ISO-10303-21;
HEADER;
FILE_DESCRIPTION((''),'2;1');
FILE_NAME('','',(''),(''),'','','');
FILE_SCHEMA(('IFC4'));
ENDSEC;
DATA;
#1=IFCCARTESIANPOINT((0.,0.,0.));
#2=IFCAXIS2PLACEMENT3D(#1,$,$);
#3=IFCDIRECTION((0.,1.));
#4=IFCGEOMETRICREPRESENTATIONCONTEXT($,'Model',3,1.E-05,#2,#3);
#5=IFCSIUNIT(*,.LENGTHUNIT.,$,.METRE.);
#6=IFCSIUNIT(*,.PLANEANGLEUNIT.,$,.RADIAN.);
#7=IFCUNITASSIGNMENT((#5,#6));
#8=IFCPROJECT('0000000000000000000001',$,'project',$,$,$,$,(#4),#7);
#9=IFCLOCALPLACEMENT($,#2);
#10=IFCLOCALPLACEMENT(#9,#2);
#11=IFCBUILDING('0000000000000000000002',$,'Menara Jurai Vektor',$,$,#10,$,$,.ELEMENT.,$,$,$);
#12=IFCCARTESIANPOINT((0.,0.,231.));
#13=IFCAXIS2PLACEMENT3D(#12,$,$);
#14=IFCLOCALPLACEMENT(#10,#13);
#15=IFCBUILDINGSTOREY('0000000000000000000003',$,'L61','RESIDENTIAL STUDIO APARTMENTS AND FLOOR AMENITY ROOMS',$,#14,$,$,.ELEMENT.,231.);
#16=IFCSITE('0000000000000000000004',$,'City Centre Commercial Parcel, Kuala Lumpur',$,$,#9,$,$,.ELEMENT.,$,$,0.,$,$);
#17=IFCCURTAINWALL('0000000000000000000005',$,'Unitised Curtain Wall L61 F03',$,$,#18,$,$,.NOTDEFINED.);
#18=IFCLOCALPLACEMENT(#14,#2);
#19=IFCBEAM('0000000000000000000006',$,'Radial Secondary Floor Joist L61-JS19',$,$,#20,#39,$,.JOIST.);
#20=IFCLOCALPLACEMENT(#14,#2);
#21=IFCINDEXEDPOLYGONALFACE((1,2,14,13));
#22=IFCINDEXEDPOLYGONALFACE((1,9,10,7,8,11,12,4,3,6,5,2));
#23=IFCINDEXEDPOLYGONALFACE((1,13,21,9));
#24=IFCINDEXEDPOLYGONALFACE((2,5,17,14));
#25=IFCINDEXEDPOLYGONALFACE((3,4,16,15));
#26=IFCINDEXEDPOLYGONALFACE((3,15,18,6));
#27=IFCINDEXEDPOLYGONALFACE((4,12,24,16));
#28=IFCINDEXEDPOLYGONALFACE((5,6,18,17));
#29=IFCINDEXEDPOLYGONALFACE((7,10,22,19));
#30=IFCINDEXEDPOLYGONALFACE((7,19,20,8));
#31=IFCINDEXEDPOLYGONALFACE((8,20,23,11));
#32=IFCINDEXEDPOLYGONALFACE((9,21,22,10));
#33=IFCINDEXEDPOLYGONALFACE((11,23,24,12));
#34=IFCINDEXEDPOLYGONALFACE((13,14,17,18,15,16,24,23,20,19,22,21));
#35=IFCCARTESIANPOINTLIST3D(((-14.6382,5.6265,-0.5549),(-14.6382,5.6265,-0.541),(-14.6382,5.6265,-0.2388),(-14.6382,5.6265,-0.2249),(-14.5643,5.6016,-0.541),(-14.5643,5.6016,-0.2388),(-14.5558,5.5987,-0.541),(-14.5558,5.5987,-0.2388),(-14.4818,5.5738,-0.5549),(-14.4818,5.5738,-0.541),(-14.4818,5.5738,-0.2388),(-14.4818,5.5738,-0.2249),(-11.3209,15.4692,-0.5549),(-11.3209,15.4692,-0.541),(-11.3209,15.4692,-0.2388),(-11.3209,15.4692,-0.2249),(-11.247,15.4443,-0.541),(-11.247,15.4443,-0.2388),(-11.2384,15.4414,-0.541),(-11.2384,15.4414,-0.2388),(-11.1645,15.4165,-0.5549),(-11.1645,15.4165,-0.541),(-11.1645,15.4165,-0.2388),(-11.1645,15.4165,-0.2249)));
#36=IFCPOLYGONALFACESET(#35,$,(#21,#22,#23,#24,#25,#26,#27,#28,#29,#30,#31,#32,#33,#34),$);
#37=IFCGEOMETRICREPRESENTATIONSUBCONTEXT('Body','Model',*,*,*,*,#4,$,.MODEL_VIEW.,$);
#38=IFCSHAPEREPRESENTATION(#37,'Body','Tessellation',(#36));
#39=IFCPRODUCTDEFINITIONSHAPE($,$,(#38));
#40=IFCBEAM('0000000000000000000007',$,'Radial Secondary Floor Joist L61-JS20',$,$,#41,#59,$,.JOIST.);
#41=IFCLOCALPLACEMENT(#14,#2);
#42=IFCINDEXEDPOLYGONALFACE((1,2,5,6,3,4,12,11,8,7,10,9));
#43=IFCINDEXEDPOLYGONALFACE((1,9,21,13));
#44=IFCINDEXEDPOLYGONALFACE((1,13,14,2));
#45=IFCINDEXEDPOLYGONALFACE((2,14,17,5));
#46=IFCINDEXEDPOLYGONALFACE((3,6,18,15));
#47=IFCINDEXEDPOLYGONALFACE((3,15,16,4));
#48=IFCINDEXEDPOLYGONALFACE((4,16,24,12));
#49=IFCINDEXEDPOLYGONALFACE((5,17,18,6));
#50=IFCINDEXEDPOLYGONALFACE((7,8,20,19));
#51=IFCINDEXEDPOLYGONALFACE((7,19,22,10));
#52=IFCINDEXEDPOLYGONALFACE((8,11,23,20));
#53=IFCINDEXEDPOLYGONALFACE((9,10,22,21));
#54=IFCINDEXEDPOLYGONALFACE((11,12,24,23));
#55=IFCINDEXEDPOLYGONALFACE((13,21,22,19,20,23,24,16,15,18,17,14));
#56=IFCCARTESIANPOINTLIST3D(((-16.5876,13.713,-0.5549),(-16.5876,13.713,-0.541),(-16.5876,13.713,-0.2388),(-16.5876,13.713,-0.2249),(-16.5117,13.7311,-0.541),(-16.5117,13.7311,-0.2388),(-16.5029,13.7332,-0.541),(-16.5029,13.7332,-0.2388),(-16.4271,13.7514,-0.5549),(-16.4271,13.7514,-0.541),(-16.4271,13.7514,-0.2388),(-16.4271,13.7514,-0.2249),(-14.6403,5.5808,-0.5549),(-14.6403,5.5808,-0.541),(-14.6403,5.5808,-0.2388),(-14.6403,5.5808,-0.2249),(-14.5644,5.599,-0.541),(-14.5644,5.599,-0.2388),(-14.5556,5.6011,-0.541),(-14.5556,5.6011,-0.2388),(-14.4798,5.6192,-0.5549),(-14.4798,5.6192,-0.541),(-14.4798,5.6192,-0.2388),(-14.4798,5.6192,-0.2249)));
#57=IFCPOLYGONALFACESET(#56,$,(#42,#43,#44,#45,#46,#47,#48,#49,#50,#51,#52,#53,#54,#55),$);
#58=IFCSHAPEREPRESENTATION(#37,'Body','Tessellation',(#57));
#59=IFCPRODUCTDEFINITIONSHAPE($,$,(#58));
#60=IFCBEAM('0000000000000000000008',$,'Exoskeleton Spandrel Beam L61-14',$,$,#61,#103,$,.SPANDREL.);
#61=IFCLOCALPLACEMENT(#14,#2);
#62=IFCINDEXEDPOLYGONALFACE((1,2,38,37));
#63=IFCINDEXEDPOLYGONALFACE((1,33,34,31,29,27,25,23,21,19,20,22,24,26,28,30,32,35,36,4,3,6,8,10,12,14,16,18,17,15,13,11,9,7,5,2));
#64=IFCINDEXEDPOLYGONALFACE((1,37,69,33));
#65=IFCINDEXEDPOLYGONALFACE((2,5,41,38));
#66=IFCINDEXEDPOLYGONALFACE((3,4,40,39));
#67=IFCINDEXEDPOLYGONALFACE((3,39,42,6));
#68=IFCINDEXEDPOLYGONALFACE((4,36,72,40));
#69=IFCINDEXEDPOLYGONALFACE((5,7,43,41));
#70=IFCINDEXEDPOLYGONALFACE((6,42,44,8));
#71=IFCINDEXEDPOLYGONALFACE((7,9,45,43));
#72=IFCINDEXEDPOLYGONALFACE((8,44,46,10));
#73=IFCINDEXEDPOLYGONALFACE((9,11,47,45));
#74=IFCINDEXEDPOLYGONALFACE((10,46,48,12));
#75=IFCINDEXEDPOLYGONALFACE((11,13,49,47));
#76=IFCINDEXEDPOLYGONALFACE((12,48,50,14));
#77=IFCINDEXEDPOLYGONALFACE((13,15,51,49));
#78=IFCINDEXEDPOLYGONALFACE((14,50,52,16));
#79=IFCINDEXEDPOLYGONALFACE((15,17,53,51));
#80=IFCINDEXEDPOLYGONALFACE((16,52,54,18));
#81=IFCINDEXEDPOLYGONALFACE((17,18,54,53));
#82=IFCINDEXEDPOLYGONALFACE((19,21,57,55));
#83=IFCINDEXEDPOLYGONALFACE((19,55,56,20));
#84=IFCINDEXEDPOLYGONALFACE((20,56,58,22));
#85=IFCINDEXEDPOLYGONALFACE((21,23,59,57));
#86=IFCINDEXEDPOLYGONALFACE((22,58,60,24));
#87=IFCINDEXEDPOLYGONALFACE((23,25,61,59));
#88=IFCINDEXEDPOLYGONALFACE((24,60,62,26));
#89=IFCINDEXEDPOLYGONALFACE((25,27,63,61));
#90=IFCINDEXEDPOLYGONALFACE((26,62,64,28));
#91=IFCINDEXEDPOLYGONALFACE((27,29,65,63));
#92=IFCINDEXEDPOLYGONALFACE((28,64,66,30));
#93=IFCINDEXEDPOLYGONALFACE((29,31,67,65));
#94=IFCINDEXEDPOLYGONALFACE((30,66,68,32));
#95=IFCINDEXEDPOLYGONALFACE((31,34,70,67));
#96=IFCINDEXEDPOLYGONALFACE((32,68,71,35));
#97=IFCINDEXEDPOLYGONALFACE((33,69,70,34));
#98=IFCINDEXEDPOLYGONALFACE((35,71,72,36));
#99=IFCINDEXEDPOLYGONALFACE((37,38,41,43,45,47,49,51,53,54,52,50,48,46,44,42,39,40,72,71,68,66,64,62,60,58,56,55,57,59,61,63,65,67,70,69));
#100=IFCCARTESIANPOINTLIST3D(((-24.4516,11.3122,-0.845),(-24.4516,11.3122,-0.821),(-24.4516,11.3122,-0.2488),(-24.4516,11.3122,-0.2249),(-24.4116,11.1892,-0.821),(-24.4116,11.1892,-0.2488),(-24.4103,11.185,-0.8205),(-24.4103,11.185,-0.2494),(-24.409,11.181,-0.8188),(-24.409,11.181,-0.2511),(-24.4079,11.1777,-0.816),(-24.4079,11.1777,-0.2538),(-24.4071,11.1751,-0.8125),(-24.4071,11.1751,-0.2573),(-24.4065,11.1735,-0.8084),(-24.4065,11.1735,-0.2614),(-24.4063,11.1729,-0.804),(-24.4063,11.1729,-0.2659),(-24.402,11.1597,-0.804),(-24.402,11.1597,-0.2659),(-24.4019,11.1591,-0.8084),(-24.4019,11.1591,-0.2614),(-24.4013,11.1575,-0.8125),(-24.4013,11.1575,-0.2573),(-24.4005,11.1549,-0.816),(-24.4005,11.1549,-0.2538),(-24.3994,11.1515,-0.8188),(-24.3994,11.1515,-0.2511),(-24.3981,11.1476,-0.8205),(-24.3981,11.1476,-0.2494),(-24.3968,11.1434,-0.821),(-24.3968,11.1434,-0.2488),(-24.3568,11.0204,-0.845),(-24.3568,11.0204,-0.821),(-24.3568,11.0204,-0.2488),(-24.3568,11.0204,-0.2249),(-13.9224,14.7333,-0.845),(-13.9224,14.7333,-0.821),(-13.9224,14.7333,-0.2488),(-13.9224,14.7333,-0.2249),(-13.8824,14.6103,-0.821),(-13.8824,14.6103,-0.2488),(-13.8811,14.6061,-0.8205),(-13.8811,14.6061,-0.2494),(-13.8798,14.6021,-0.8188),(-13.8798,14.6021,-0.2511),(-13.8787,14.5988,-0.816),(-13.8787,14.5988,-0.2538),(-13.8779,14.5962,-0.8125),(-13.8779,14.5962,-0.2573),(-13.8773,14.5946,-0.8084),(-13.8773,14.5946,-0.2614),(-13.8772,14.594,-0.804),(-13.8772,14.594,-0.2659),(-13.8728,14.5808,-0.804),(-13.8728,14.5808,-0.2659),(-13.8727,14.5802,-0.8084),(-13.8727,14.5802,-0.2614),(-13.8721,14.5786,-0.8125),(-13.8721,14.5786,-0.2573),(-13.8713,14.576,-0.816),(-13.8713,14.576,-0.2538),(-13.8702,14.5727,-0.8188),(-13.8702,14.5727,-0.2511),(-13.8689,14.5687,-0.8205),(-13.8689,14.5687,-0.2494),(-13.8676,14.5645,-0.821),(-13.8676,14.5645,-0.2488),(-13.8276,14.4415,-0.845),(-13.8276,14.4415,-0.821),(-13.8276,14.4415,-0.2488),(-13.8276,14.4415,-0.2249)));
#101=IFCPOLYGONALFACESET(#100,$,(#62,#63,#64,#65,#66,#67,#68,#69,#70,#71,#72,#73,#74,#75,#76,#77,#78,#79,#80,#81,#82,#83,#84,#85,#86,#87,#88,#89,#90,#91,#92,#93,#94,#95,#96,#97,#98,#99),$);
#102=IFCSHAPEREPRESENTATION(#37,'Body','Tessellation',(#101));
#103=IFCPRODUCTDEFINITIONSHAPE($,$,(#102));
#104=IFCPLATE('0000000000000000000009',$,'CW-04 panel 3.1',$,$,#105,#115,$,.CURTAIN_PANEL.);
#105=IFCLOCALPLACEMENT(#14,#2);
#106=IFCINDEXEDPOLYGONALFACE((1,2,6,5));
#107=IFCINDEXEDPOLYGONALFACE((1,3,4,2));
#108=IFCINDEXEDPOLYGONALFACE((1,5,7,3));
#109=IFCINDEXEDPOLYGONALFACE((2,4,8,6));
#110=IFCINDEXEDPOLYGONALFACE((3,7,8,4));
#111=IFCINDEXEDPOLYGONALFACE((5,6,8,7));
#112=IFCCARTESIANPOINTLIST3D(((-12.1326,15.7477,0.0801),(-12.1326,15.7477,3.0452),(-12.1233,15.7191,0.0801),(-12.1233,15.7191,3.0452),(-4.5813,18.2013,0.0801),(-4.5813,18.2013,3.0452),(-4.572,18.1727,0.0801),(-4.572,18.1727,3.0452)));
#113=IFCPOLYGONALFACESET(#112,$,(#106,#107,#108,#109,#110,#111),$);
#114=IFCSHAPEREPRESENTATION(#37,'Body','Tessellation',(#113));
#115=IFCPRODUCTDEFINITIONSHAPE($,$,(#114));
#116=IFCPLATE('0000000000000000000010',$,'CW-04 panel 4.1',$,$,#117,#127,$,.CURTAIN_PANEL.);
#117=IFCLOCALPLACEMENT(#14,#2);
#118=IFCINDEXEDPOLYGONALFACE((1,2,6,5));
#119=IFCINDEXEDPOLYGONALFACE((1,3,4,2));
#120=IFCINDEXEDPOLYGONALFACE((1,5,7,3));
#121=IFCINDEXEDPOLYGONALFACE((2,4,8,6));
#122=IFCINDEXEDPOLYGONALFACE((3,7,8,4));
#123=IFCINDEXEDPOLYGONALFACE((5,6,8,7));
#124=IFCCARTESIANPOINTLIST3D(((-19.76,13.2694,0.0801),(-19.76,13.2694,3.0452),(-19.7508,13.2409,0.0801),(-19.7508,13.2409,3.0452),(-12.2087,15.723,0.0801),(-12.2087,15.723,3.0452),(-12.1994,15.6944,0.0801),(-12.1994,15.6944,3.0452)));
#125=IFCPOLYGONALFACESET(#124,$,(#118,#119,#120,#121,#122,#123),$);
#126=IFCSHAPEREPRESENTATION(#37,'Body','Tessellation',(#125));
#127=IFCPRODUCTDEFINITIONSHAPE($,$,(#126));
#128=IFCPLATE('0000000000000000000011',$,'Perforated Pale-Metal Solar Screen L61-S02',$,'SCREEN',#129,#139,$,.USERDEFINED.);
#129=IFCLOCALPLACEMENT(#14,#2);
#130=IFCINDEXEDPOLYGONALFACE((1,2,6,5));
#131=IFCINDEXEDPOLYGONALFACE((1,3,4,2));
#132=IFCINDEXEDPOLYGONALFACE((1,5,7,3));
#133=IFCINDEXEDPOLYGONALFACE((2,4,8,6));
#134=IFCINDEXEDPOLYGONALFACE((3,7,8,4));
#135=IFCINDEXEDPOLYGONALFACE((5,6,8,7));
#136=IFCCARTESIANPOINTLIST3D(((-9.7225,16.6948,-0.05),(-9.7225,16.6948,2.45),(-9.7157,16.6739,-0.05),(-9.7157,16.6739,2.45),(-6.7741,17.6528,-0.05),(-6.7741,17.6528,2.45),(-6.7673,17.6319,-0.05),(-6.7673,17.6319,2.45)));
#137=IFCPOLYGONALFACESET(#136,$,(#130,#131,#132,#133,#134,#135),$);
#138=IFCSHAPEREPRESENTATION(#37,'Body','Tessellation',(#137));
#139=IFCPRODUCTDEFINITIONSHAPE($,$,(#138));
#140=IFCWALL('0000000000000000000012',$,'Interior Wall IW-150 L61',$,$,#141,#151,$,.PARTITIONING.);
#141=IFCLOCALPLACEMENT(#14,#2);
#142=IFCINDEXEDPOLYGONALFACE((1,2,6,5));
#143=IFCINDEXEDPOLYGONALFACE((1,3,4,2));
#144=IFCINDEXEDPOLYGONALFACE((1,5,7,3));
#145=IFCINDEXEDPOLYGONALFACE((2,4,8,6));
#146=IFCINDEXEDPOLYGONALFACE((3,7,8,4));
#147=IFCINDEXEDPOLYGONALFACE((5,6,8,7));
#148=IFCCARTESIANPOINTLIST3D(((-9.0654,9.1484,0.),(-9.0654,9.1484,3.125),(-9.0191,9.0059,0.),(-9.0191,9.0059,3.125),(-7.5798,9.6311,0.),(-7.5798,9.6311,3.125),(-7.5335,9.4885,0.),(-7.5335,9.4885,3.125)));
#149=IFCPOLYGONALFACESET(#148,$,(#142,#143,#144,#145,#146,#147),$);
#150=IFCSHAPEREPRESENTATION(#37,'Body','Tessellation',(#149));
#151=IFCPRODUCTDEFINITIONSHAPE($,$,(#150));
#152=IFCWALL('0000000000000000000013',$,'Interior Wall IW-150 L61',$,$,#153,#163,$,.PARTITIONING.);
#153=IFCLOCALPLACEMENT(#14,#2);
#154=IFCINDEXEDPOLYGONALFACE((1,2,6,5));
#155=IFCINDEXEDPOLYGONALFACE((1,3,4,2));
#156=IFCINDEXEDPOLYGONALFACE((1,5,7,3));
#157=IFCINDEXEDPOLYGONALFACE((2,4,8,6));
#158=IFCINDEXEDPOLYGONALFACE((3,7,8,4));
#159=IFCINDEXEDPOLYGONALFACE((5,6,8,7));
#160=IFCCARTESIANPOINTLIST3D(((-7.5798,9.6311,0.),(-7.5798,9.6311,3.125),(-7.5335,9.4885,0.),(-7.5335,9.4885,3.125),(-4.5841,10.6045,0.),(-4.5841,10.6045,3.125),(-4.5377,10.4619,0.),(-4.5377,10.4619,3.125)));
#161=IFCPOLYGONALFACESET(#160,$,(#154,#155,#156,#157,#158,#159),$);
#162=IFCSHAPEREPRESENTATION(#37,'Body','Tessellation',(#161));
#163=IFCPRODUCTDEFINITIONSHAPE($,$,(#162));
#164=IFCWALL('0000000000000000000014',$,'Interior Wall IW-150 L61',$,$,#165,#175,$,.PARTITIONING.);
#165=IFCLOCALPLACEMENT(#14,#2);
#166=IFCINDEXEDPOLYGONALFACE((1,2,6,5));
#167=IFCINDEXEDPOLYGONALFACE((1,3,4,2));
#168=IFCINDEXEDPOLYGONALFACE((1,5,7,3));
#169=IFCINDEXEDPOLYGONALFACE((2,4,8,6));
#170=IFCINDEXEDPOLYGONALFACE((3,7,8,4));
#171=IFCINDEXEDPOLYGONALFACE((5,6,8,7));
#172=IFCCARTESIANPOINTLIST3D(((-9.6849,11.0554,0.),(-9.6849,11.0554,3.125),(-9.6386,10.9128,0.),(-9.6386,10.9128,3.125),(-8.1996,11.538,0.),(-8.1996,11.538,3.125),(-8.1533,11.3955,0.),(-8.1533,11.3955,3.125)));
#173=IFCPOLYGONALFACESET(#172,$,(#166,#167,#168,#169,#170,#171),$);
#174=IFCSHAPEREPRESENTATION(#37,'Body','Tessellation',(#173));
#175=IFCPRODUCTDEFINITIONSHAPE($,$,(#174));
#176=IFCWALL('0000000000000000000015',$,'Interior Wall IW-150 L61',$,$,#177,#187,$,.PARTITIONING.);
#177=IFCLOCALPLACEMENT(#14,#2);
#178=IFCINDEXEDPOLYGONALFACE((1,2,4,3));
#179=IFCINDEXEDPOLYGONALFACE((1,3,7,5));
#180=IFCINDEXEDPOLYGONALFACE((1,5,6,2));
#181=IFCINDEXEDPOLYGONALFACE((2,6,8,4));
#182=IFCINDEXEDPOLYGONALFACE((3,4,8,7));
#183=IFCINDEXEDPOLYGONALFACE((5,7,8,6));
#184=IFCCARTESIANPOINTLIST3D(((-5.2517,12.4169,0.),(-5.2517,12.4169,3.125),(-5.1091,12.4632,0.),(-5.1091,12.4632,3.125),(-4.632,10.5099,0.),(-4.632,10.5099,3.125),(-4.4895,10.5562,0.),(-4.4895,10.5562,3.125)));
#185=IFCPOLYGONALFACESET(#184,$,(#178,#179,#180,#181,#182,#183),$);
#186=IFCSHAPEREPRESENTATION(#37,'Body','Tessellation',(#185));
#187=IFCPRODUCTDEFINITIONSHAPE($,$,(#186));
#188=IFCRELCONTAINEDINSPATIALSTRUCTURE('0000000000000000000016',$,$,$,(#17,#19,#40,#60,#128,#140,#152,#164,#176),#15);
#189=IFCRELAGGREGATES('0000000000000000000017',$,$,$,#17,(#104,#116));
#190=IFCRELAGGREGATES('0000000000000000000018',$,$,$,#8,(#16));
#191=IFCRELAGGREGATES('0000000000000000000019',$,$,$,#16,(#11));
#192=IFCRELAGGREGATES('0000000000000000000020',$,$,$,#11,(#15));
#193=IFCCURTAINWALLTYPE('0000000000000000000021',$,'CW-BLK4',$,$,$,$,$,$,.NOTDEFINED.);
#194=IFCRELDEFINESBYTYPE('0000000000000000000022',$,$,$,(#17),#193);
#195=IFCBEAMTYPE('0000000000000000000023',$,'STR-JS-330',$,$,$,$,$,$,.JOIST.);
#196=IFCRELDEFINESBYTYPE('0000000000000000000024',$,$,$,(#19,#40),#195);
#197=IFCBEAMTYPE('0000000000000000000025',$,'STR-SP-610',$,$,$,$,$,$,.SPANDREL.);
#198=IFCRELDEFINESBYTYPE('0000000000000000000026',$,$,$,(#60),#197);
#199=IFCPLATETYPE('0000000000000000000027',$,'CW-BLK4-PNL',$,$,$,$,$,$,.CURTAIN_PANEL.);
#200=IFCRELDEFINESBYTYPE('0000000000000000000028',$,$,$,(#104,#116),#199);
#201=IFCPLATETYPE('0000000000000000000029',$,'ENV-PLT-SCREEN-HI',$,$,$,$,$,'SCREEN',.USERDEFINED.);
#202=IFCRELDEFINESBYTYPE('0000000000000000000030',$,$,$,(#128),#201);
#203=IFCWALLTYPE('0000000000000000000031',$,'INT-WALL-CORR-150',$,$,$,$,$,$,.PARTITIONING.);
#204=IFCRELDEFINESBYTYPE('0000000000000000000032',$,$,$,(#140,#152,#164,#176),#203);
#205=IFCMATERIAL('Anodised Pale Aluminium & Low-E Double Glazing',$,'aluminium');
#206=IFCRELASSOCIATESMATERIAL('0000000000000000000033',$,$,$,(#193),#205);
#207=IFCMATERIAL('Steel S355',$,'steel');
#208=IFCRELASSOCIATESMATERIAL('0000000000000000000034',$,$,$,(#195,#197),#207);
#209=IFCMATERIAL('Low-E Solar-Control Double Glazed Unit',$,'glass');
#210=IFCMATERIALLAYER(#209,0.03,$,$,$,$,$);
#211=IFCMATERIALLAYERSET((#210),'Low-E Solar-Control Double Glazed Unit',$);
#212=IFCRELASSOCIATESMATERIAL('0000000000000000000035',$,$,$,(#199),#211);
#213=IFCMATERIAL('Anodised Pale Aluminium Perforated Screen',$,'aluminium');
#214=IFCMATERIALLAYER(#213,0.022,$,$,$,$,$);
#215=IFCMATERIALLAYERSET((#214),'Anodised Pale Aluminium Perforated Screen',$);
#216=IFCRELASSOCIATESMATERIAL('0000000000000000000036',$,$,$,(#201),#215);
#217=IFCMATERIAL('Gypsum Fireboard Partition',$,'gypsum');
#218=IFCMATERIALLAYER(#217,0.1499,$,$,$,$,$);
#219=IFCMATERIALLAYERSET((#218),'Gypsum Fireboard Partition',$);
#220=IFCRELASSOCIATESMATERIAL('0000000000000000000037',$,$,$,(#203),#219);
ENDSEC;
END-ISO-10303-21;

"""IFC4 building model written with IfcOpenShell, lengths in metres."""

from ifc_helpers import new_model, si_unit, direction, frame, frame_2d, origin, origin_2d, place, context, subcontext, project, spatial, rectangle, i_section, extrude, material, layer, layer_set, material_profile, profile_set, type_object, element, aggregate, save


model = new_model("IFC4")

# Units and contexts
model_context = context("Model", 3, precision=1e-05, world=origin(), true_north=direction((0.0, 1.0)))
body_context = subcontext(model_context, "Body", "Model", "MODEL_VIEW")
ifc_project = project(units=[si_unit("LENGTHUNIT", "METRE"), si_unit("PLANEANGLEUNIT", "RADIAN")], contexts=[model_context])

# Site, building, storey
site_placement = place(None, origin())
site = spatial("IfcSite", under=ifc_project, at=site_placement, Name="City Centre Commercial Parcel, Kuala Lumpur", CompositionType="ELEMENT", RefElevation=0.0)
building_placement = place(site_placement, origin())
building = spatial("IfcBuilding", under=site, at=building_placement, Name="Menara Jurai Vektor", CompositionType="ELEMENT")
storey_placement = place(building_placement, frame((0.0, 0.0, 231.0)))
storey = spatial("IfcBuildingStorey", under=building, at=storey_placement, Name="L61", Description="RESIDENTIAL STUDIO APARTMENTS AND FLOOR AMENITY ROOMS", CompositionType="ELEMENT", Elevation=231.0)

# Curtain wall
ifc_material_1 = material(Name="Anodised Pale Aluminium & Low-E Double Glazing", Category="aluminium")
curtain_wall_type = type_object("IfcCurtainWallType", Name="CW-BLK4", PredefinedType="NOTDEFINED", material=ifc_material_1)
curtain_wall_placement = place(storey_placement, origin())
curtain_wall = element("IfcCurtainWall", 1, at=curtain_wall_placement, inside=storey, type_object=curtain_wall_type, Name="Unitised Curtain Wall L61 F03", PredefinedType="NOTDEFINED")

# Beams
ifc_material_2 = material(Name="Steel S355", Category="steel")
ifc_material_profile_1 = material_profile(ifc_material_2, i_section(OverallWidth=0.165, OverallDepth=0.3301, WebThickness=0.009, FlangeThickness=0.0139, at=origin_2d()), Name="PG 330x165x46")
ifc_profile_set_1 = profile_set([ifc_material_profile_1], Name="Steel S355")
beam_type_1 = type_object("IfcBeamType", Name="STR-JS-330", PredefinedType="JOIST", material=ifc_profile_set_1)
beam_1_placement = place(storey_placement, frame((-11.2427, 15.4429, -0.3899), z_axis=(-0.319385, -0.947625, 0.0), x_axis=(0.947625, -0.319385, 0.0)))
element("IfcBeam", 2, at=beam_1_placement, inside=storey, type_object=beam_type_1, Name="Radial Secondary Floor Joist L61-JS19", PredefinedType="JOIST", context=body_context, shape_type="SweptSolid", body=[
    extrude(i_section(OverallWidth=0.165, OverallDepth=0.3301, WebThickness=0.009, FlangeThickness=0.0139, at=origin_2d()), origin(), (0.0, 0.0, 1.0), 10.3867),
])
beam_2_placement = place(storey_placement, frame((-16.5073, 13.7322, -0.3899), z_axis=(0.232872, -0.972507, 0.0), x_axis=(0.972507, 0.232872, 0.0)))
element("IfcBeam", 3, at=beam_2_placement, inside=storey, type_object=beam_type_1, Name="Radial Secondary Floor Joist L61-JS20", PredefinedType="JOIST", context=body_context, shape_type="SweptSolid", body=[
    extrude(i_section(OverallWidth=0.165, OverallDepth=0.3301, WebThickness=0.009, FlangeThickness=0.0139, at=origin_2d()), origin(), (0.0, 0.0, 1.0), 8.3621),
])
ifc_material_profile_2 = material_profile(ifc_material_2, i_section(OverallWidth=0.3069, OverallDepth=0.6201, WebThickness=0.0139, FlangeThickness=0.0239, FilletRadius=0.0171, at=origin_2d()), Name="UKB 610x305x179")
ifc_profile_set_2 = profile_set([ifc_material_profile_2], Name="Steel S355")
beam_type_2 = type_object("IfcBeamType", Name="STR-SP-610", PredefinedType="SPANDREL", material=ifc_profile_set_2)
beam_3_placement = place(storey_placement, frame((-13.875, 14.5874, -0.5349), z_axis=(-0.951057, -0.309014, 0.0), x_axis=(0.309014, -0.951057, 0.0)))
element("IfcBeam", 4, at=beam_3_placement, inside=storey, type_object=beam_type_2, Name="Exoskeleton Spandrel Beam L61-14", PredefinedType="SPANDREL", context=body_context, shape_type="SweptSolid", body=[
    extrude(i_section(OverallWidth=0.3069, OverallDepth=0.6201, WebThickness=0.0139, FlangeThickness=0.0239, FilletRadius=0.0171, at=origin_2d()), origin(), (0.0, 0.0, 1.0), 11.071),
])

# Plates
ifc_material_3 = material(Name="Low-E Solar-Control Double Glazed Unit", Category="glass")
ifc_layer_1 = layer(ifc_material_3, 0.03)
ifc_layer_set_1 = layer_set([ifc_layer_1], Name="Low-E Solar-Control Double Glazed Unit")
plate_type_1 = type_object("IfcPlateType", Name="CW-BLK4-PNL", PredefinedType="CURTAIN_PANEL", material=ifc_layer_set_1)
plate_1_placement = place(storey_placement, frame((-8.3523, 16.9602, 0.0801), z_axis=(0.0, 0.0, 1.0), x_axis=(-0.951056, -0.309017, 0.0)))
plate_1 = element("IfcPlate", 5, at=plate_1_placement, type_object=plate_type_1, Name="CW-04 panel 3.1", PredefinedType="CURTAIN_PANEL", context=body_context, shape_type="SweptSolid", body=[
    extrude(rectangle(XDim=7.9399, YDim=0.03, at=origin_2d()), origin(), (0.0, 0.0, 1.0), 2.9651),
])
plate_2_placement = place(storey_placement, frame((-15.9797, 14.4819, 0.0801), z_axis=(0.0, 0.0, 1.0), x_axis=(-0.951056, -0.309017, 0.0)))
plate_2 = element("IfcPlate", 6, at=plate_2_placement, type_object=plate_type_1, Name="CW-04 panel 4.1", PredefinedType="CURTAIN_PANEL", context=body_context, shape_type="SweptSolid", body=[
    extrude(rectangle(XDim=7.9399, YDim=0.03, at=origin_2d()), origin(), (0.0, 0.0, 1.0), 2.9651),
])
aggregate(curtain_wall, [plate_1, plate_2])
ifc_material_4 = material(Name="Anodised Pale Aluminium Perforated Screen", Category="aluminium")
ifc_layer_2 = layer(ifc_material_4, 0.022)
ifc_layer_set_2 = layer_set([ifc_layer_2], Name="Anodised Pale Aluminium Perforated Screen")
plate_type_2 = type_object("IfcPlateType", Name="ENV-PLT-SCREEN-HI", ElementType="SCREEN", PredefinedType="USERDEFINED", material=ifc_layer_set_2)
plate_3_placement = place(storey_placement, frame((-8.2449, 17.1633, -0.05), z_axis=(0.0, 0.0, 1.0), x_axis=(-0.951057, -0.309017, 0.0)))
element("IfcPlate", 7, at=plate_3_placement, inside=storey, type_object=plate_type_2, Name="Perforated Pale-Metal Solar Screen L61-S02", ObjectType="SCREEN", PredefinedType="USERDEFINED", context=body_context, shape_type="SweptSolid", body=[
    extrude(rectangle(XDim=3.1001, YDim=0.022, at=origin_2d()), origin(), (0.0, 0.0, 1.0), 2.5),
])

# Shared definitions
ifc_material_5 = material(Name="Gypsum Fireboard Partition", Category="gypsum")
ifc_layer_3 = layer(ifc_material_5, 0.1499)
ifc_layer_set_3 = layer_set([ifc_layer_3], Name="Gypsum Fireboard Partition")
wall_type_1 = type_object("IfcWallType", Name="INT-WALL-CORR-150", PredefinedType="PARTITIONING", material=ifc_layer_set_3)

# Walls
wall_1_placement = place(storey_placement, frame((-9.0422, 9.0771, 0.0), z_axis=(0.0, 0.0, 1.0), x_axis=(0.951063, 0.308998, 0.0)))
element("IfcWall", 8, at=wall_1_placement, inside=storey, type_object=wall_type_1, Name="Interior Wall IW-150 L61", PredefinedType="PARTITIONING", context=body_context, shape_type="SweptSolid", body=[
    extrude(rectangle(XDim=1.562, YDim=0.1499, at=frame_2d((0.781, 0.0))), origin(), (0.0, 0.0, 1.0), 3.125),
])
wall_2_placement = place(storey_placement, frame((-7.5566, 9.5598, 0.0), z_axis=(0.0, 0.0, 1.0), x_axis=(0.951059, 0.309011, 0.0)))
element("IfcWall", 9, at=wall_2_placement, inside=storey, type_object=wall_type_1, Name="Interior Wall IW-150 L61", PredefinedType="PARTITIONING", context=body_context, shape_type="SweptSolid", body=[
    extrude(rectangle(XDim=3.1499, YDim=0.1499, at=frame_2d((1.575, 0.0))), origin(), (0.0, 0.0, 1.0), 3.125),
])

# Wall
wall_3_placement = place(storey_placement, frame((-9.6616, 10.9841, 0.0), z_axis=(0.0, 0.0, 1.0), x_axis=(0.951048, 0.309044, 0.0)))
element("IfcWall", 10, at=wall_3_placement, inside=storey, type_object=wall_type_1, Name="Interior Wall IW-150 L61", PredefinedType="PARTITIONING", context=body_context, shape_type="SweptSolid", body=[
    extrude(rectangle(XDim=1.5618, YDim=0.1499, at=frame_2d((0.7808, 0.0))), origin(), (0.0, 0.0, 1.0), 3.125),
])

# Wall
wall_4_placement = place(storey_placement, frame((-4.5608, 10.5332, 0.0), z_axis=(0.0, 0.0, 1.0), x_axis=(-0.309023, 0.951055, 0.0)))
element("IfcWall", 11, at=wall_4_placement, inside=storey, type_object=wall_type_1, Name="Interior Wall IW-150 L61", PredefinedType="PARTITIONING", context=body_context, shape_type="SweptSolid", body=[
    extrude(rectangle(XDim=2.0051, YDim=0.1499, at=frame_2d((1.0024, 0.0))), origin(), (0.0, 0.0, 1.0), 3.125),
])

save(model, "model.ifc")
